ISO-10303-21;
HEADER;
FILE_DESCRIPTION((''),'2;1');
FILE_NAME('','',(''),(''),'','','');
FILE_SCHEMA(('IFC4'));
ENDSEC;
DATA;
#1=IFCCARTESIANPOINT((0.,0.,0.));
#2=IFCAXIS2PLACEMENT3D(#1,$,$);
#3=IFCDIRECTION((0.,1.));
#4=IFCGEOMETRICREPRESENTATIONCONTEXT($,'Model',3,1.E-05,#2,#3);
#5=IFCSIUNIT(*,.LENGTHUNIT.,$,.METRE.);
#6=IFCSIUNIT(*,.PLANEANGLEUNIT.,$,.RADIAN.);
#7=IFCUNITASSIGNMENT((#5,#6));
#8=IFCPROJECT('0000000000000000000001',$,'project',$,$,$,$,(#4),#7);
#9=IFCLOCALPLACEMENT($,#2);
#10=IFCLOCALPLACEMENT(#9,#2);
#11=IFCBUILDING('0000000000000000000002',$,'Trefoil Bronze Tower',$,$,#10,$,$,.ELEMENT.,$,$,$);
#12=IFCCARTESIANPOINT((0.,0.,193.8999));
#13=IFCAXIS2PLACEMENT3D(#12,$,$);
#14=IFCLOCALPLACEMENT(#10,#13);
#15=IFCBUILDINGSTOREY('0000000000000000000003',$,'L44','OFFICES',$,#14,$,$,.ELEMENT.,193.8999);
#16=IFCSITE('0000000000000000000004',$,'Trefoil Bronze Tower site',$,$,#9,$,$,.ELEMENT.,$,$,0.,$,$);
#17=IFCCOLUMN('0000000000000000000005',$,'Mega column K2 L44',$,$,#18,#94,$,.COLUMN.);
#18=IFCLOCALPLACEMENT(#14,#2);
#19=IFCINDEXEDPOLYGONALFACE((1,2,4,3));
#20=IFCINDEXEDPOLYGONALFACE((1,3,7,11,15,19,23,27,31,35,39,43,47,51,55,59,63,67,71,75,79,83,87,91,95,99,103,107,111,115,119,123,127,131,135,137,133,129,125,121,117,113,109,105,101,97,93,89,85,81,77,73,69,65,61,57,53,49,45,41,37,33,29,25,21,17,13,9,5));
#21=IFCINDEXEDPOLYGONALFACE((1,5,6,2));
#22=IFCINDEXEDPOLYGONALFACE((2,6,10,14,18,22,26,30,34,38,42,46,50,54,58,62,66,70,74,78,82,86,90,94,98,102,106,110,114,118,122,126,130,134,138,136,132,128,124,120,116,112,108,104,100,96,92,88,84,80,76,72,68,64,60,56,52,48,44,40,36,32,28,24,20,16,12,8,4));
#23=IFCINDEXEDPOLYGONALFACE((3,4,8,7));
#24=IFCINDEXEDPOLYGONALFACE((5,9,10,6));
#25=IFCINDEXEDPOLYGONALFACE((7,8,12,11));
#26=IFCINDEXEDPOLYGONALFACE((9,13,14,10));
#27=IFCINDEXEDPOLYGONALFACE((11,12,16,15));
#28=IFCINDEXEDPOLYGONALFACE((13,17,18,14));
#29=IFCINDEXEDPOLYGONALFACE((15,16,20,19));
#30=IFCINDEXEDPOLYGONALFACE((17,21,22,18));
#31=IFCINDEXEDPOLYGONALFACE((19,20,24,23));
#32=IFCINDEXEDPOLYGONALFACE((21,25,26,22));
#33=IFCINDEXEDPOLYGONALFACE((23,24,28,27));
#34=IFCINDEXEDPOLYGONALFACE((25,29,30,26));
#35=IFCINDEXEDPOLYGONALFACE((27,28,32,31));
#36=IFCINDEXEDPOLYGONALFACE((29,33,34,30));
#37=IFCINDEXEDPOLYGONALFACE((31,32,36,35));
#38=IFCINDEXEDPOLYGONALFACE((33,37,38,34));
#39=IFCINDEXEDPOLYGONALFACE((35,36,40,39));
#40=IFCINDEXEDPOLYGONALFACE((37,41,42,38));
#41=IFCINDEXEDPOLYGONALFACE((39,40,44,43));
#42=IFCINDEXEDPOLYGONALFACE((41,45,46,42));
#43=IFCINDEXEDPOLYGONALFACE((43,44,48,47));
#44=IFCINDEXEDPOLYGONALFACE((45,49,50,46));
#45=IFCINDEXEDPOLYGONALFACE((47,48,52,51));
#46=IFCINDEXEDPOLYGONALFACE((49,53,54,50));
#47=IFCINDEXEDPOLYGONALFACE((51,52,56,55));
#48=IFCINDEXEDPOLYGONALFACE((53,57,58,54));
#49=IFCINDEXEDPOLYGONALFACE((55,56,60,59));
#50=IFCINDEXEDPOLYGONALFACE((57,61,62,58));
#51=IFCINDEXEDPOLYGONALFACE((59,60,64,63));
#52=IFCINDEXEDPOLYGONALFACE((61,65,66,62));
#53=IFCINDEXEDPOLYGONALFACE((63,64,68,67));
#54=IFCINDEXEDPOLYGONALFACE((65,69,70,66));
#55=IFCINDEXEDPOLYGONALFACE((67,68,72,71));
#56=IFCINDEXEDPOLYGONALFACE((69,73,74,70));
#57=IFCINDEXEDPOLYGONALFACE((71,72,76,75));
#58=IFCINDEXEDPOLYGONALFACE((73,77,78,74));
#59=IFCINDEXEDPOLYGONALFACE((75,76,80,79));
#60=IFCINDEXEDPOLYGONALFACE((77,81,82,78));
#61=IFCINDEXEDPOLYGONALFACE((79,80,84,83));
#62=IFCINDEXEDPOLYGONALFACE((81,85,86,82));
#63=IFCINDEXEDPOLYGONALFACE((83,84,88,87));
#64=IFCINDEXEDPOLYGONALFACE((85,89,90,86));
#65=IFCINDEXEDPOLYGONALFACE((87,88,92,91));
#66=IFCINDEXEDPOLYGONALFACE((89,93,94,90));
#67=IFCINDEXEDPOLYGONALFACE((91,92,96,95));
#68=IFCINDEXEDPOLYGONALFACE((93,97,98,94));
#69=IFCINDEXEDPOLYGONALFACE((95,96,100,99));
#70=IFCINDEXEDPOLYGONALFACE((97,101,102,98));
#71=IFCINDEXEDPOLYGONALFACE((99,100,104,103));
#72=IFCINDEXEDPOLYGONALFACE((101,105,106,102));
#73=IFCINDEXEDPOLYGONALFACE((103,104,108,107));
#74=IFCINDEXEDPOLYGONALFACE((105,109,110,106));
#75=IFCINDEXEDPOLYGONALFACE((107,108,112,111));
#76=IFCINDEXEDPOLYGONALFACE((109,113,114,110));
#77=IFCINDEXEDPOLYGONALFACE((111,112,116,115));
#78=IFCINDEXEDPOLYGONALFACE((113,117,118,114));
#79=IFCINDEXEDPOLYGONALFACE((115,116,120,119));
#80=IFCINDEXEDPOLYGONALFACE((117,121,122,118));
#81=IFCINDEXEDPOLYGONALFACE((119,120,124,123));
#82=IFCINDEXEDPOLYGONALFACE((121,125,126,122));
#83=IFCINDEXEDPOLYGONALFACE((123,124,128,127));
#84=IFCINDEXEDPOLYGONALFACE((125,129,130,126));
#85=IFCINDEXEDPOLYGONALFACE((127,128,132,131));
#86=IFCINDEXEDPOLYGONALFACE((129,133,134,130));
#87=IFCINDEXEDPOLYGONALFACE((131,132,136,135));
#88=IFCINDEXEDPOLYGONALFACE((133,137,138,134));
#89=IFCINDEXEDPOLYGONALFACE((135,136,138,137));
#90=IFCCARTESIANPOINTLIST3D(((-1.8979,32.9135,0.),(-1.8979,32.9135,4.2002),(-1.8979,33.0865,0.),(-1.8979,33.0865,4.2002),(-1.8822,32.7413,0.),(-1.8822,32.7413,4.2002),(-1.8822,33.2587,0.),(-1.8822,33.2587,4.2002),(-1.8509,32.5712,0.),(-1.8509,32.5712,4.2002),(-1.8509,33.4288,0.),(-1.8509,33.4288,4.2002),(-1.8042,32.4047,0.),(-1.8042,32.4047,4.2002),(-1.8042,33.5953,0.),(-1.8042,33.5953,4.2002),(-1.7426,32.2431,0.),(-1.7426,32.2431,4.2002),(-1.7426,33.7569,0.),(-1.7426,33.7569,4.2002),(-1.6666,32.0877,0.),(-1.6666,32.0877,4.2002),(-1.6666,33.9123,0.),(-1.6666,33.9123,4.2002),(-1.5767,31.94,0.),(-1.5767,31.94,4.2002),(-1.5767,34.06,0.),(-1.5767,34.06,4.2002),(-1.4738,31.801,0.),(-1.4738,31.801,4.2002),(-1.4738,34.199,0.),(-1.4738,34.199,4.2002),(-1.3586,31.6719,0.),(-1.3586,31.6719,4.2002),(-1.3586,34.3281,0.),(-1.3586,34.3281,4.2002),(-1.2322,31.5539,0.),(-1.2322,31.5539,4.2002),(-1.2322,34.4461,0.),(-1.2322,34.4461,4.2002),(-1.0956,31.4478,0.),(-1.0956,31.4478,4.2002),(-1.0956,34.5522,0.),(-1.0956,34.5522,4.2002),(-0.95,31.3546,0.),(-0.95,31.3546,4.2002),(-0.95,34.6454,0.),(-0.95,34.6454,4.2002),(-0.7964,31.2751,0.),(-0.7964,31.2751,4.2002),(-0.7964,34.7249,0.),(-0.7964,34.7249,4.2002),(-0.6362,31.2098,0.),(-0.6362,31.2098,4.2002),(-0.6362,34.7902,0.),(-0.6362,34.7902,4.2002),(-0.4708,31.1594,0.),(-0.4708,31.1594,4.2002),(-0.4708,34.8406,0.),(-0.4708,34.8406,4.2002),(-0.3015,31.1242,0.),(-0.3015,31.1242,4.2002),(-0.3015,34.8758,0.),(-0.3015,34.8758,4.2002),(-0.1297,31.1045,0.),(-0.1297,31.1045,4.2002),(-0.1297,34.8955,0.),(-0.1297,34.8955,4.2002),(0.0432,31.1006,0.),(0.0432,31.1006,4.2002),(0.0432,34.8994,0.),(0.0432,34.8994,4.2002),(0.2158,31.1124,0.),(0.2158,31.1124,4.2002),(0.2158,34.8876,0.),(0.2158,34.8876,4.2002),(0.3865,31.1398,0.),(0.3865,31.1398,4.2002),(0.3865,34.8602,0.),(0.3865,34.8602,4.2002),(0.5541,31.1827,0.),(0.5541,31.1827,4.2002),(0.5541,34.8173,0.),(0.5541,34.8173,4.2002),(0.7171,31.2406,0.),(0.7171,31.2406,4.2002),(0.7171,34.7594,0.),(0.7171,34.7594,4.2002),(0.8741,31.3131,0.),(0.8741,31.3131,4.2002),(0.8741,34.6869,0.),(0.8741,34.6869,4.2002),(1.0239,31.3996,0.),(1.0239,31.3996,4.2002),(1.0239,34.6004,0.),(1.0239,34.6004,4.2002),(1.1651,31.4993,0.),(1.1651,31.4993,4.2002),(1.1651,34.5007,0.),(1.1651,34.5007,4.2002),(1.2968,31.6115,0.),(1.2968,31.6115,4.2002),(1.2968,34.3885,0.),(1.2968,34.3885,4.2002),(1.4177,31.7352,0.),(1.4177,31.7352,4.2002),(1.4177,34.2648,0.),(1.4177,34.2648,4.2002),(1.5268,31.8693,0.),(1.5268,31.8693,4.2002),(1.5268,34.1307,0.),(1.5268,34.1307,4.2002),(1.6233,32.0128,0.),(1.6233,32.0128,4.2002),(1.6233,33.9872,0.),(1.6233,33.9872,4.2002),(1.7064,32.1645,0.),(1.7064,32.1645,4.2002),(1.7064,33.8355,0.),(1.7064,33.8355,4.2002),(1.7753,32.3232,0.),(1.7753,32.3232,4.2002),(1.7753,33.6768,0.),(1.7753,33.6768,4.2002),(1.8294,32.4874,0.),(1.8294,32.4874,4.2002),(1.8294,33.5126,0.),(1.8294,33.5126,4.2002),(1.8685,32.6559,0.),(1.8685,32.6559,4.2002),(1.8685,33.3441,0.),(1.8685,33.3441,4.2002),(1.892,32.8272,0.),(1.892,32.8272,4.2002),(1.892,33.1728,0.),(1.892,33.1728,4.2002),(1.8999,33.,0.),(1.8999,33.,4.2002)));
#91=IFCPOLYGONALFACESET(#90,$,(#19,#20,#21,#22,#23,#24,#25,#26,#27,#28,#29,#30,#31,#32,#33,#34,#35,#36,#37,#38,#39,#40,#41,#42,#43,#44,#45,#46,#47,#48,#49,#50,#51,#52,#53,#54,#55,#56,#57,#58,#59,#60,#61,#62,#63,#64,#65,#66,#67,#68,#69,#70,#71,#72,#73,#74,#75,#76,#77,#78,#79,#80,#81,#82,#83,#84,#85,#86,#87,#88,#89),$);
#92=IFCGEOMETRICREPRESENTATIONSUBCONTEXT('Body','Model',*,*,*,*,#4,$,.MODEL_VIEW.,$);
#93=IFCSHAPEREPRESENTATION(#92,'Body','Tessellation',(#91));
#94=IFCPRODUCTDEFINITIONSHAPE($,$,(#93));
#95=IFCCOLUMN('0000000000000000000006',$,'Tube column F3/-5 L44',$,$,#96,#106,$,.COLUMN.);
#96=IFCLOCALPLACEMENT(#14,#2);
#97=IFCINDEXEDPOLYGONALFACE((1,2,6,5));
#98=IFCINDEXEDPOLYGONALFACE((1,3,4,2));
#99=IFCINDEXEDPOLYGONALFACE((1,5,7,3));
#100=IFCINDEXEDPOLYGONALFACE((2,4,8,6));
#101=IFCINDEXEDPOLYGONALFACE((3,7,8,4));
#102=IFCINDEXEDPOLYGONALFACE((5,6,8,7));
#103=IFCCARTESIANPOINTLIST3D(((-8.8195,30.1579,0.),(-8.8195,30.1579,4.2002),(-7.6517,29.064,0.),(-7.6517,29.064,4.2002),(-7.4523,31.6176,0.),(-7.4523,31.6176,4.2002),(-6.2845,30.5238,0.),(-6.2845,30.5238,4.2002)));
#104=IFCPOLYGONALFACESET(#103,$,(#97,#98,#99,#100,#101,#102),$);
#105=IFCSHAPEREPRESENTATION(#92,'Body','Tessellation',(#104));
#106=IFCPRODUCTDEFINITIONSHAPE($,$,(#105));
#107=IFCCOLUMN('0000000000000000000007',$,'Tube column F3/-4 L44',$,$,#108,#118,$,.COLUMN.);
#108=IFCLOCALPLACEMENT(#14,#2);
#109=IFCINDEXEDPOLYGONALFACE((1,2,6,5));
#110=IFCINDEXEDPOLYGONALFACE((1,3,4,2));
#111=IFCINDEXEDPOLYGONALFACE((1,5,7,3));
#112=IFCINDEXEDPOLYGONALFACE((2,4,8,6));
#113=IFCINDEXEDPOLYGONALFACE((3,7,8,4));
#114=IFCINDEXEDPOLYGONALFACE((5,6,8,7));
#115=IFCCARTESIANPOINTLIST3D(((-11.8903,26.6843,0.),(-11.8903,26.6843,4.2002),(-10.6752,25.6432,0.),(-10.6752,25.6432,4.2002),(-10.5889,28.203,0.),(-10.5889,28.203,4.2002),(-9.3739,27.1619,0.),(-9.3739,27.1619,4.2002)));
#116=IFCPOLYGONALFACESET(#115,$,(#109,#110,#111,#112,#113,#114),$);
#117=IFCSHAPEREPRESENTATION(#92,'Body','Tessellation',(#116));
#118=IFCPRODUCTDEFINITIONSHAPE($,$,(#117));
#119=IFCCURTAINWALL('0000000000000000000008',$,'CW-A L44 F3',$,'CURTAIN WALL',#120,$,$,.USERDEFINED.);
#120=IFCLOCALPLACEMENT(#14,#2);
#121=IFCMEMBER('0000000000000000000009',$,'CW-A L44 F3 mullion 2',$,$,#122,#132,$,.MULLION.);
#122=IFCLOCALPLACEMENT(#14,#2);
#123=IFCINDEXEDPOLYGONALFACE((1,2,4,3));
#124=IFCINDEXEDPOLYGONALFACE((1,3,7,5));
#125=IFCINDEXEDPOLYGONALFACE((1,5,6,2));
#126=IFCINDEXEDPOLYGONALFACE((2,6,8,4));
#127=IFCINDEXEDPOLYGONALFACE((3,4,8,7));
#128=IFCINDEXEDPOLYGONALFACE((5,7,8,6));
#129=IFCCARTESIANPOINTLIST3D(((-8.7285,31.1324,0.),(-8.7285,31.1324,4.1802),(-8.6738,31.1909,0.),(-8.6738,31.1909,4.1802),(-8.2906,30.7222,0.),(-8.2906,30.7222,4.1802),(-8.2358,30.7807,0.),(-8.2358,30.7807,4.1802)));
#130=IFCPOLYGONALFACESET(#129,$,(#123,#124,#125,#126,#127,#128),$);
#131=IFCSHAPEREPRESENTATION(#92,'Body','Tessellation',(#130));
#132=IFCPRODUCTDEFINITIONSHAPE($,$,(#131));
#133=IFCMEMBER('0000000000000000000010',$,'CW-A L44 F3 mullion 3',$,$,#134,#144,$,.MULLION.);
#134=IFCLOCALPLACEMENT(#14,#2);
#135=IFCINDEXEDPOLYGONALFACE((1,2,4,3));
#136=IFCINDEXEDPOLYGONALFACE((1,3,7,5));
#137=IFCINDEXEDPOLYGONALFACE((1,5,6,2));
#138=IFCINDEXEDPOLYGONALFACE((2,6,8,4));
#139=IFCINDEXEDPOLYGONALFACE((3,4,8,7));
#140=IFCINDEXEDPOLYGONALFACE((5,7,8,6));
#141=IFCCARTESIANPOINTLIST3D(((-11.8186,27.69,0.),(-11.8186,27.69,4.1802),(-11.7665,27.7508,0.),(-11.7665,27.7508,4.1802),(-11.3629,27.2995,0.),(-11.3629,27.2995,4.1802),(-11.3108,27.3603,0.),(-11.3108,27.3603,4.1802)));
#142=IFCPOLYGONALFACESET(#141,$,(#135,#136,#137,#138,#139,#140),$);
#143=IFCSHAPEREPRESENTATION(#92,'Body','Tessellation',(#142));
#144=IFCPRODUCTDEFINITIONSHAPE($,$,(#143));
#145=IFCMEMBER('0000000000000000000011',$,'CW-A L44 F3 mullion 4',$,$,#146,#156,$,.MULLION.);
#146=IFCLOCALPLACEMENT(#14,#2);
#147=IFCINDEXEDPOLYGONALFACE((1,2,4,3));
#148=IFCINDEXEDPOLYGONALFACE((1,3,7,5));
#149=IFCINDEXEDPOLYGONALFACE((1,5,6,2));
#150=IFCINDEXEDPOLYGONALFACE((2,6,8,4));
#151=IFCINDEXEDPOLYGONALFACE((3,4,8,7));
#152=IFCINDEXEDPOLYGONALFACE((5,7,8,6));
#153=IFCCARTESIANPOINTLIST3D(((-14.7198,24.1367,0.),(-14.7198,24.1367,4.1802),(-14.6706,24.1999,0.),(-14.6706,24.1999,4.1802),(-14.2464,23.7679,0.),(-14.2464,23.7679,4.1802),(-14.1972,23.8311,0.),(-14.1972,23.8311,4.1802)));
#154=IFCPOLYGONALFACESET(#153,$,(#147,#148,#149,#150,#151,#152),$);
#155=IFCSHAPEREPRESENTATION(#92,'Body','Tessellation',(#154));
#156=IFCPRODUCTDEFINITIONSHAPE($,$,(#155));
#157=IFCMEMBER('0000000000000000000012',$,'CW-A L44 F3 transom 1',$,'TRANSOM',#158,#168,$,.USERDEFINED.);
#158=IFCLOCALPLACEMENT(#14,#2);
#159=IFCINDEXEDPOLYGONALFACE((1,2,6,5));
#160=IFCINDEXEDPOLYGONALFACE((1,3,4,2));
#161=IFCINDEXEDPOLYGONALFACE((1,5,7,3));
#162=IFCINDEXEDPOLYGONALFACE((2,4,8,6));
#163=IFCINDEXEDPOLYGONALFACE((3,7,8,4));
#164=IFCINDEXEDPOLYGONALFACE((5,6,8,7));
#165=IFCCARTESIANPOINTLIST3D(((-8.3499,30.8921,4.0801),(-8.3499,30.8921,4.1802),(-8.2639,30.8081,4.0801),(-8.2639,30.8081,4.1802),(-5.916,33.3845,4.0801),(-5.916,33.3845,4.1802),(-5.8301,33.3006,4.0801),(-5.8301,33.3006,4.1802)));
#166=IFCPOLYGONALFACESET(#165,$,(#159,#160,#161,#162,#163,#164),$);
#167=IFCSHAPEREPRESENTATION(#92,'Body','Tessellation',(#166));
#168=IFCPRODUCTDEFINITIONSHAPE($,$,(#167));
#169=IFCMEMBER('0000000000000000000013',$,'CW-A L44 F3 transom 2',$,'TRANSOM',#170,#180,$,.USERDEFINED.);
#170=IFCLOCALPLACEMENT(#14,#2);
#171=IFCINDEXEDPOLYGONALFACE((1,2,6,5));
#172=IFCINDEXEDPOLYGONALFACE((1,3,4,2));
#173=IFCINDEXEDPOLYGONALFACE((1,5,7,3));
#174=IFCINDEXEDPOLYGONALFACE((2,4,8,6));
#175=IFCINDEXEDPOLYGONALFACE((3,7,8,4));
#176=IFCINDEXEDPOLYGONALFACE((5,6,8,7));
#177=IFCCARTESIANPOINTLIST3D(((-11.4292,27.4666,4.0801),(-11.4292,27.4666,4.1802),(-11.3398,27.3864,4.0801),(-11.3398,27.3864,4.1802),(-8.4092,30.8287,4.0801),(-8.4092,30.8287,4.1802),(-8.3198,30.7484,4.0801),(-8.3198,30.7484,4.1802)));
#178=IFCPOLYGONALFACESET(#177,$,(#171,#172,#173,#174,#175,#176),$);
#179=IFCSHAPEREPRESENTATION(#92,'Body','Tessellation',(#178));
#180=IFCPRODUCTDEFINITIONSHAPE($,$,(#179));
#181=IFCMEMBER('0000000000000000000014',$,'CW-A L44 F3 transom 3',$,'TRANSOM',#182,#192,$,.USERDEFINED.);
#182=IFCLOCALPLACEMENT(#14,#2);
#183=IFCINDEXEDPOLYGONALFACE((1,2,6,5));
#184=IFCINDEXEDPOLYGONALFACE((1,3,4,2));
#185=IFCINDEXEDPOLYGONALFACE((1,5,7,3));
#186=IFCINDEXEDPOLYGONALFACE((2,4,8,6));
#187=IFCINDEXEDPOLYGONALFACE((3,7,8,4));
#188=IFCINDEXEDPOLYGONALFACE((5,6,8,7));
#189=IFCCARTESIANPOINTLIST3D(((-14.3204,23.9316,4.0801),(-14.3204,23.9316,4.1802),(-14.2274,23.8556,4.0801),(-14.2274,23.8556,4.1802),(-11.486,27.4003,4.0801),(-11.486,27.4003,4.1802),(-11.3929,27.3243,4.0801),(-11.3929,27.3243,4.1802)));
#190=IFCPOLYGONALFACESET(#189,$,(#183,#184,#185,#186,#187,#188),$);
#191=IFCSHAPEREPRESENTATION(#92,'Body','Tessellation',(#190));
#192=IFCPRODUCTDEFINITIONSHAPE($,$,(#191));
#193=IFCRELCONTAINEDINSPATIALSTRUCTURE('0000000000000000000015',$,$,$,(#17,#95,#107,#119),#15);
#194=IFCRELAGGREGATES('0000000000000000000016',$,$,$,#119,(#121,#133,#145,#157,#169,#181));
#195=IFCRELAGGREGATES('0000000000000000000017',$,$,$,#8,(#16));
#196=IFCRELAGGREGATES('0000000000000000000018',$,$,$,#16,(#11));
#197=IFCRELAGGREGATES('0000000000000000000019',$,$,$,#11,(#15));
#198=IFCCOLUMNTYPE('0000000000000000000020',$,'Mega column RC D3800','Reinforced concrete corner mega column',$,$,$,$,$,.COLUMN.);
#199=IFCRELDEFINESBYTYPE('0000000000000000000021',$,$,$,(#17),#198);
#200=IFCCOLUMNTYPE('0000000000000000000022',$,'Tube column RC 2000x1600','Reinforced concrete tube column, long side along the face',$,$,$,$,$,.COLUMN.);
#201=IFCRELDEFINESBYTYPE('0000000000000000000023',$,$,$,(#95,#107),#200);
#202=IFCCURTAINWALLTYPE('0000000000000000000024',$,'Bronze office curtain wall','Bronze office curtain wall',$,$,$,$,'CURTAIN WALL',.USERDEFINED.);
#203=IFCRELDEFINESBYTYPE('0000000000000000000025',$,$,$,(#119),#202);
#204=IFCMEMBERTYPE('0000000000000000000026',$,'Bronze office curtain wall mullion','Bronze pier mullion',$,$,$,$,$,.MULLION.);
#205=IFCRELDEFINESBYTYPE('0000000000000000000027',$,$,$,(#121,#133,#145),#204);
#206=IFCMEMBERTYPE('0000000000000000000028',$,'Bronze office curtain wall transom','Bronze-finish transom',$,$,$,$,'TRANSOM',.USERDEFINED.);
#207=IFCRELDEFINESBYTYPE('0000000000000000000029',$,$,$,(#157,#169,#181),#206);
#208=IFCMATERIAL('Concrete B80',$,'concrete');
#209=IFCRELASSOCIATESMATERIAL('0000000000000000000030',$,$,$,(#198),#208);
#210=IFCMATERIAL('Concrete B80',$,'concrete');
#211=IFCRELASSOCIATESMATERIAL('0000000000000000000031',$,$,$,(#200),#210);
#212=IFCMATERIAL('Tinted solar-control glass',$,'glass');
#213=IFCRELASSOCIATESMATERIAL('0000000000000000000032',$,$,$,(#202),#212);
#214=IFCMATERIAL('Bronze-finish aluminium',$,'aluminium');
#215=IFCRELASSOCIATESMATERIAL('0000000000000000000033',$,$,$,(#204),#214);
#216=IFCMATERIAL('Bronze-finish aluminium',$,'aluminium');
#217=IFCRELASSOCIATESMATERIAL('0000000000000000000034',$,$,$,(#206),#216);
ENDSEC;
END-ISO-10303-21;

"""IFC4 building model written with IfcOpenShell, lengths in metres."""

from ifc_helpers import new_model, si_unit, direction, frame, origin, origin_2d, place, context, subcontext, project, spatial, rectangle, circle, extrude, material, material_profile, profile_set, type_object, element, aggregate, save


model = new_model("IFC4")

# Units and contexts
model_context = context("Model", 3, precision=1e-05, world=origin(), true_north=direction((0.0, 1.0)))
body_context = subcontext(model_context, "Body", "Model", "MODEL_VIEW")
ifc_project = project(units=[si_unit("LENGTHUNIT", "METRE"), si_unit("PLANEANGLEUNIT", "RADIAN")], contexts=[model_context])

# Site, building, storey
site_placement = place(None, origin())
site = spatial("IfcSite", under=ifc_project, at=site_placement, Name="Trefoil Bronze Tower site", CompositionType="ELEMENT", RefElevation=0.0)
building_placement = place(site_placement, origin())
building = spatial("IfcBuilding", under=site, at=building_placement, Name="Trefoil Bronze Tower", CompositionType="ELEMENT")
storey_placement = place(building_placement, frame((0.0, 0.0, 193.8999)))
storey = spatial("IfcBuildingStorey", under=building, at=storey_placement, Name="L44", Description="OFFICES", CompositionType="ELEMENT", Elevation=193.8999)

# Columns
ifc_material_1 = material(Name="Concrete B80", Category="concrete")
ifc_material_profile_1 = material_profile(ifc_material_1, circle(Radius=1.8999, at=origin_2d()), Name="RC D3800")
ifc_profile_set_1 = profile_set([ifc_material_profile_1], Name="Concrete B80")
column_type_1 = type_object("IfcColumnType", Name="Mega column RC D3800", Description="Reinforced concrete corner mega column", PredefinedType="COLUMN", material=ifc_profile_set_1)
column_placement = place(storey_placement, frame((0.0, 33.0, 0.0), z_axis=(0.0, 0.0, 1.0), x_axis=(1.0, 0.0, 0.0)))
element("IfcColumn", 1, at=column_placement, inside=storey, type_object=column_type_1, Name="Mega column K2 L44", PredefinedType="COLUMN", context=body_context, shape_type="SweptSolid", body=[
    extrude(circle(Radius=1.8999, at=origin_2d()), origin(), (0.0, 0.0, 1.0), 4.2002),
])
ifc_material_2 = material(Name="Concrete B80", Category="concrete")
ifc_material_profile_2 = material_profile(ifc_material_2, rectangle(XDim=2.0, YDim=1.6001, at=origin_2d()), Name="RC 2000x1600")
ifc_profile_set_2 = profile_set([ifc_material_profile_2], Name="Concrete B80")
column_type_2 = type_object("IfcColumnType", Name="Tube column RC 2000x1600", Description="Reinforced concrete tube column, long side along the face", PredefinedType="COLUMN", material=ifc_profile_set_2)
for number, where, z_axis, x_axis, name in (
    (2, (-7.552, 30.3408, 0.0), (0.0, 0.0, 1.0), (-0.683597, -0.72986, 0.0), "Tube column F3/-5 L44"),
    (3, (-10.6321, 26.9231, 0.0), (0.0, 0.0, 1.0), (-0.650677, -0.759355, 0.0), "Tube column F3/-4 L44"),
):
    element("IfcColumn", number, at=place(storey_placement, frame(where, z_axis=z_axis, x_axis=x_axis)), inside=storey, type_object=column_type_2, Name=name, PredefinedType="COLUMN", context=body_context, shape_type="SweptSolid", body=[
        extrude(rectangle(XDim=2.0, YDim=1.6001, at=origin_2d()), origin(), (0.0, 0.0, 1.0), 4.2002),
    ])

# Curtain wall, members
ifc_material_3 = material(Name="Tinted solar-control glass", Category="glass")
curtain_wall_type_1 = type_object("IfcCurtainWallType", Name="Bronze office curtain wall", Description="Bronze office curtain wall", ElementType="CURTAIN WALL", PredefinedType="USERDEFINED", material=ifc_material_3)
curtain_wall_1_placement = place(storey_placement, origin())
curtain_wall_1 = element("IfcCurtainWall", 4, at=curtain_wall_1_placement, inside=storey, type_object=curtain_wall_type_1, Name="CW-A L44 F3", ObjectType="CURTAIN WALL", PredefinedType="USERDEFINED")
ifc_material_4 = material(Name="Bronze-finish aluminium", Category="aluminium")
ifc_material_profile_3 = material_profile(ifc_material_4, rectangle(XDim=0.6001, YDim=0.0801, at=origin_2d()), Name="CW-A mullion")
ifc_profile_set_3 = profile_set([ifc_material_profile_3], Name="Bronze-finish aluminium")
member_type_1 = type_object("IfcMemberType", Name="Bronze office curtain wall mullion", Description="Bronze pier mullion", PredefinedType="MULLION", material=ifc_profile_set_3)
member_1_placement = place(storey_placement, frame((-8.4822, 30.9565, 0.0), z_axis=(0.0, 0.0, 1.0), x_axis=(0.72986, -0.683597, 0.0)))
member_1 = element("IfcMember", 5, at=member_1_placement, type_object=member_type_1, Name="CW-A L44 F3 mullion 2", PredefinedType="MULLION", context=body_context, shape_type="SweptSolid", body=[
    extrude(rectangle(XDim=0.6001, YDim=0.0801, at=origin_2d()), origin(), (0.0, 0.0, 1.0), 4.1802),
])
member_2_placement = place(storey_placement, frame((-11.5647, 27.5251, 0.0), z_axis=(0.0, 0.0, 1.0), x_axis=(0.759355, -0.650677, 0.0)))
member_2 = element("IfcMember", 6, at=member_2_placement, type_object=member_type_1, Name="CW-A L44 F3 mullion 3", PredefinedType="MULLION", context=body_context, shape_type="SweptSolid", body=[
    extrude(rectangle(XDim=0.6001, YDim=0.0801, at=origin_2d()), origin(), (0.0, 0.0, 1.0), 4.1802),
])
member_3_placement = place(storey_placement, frame((-14.4585, 23.9839, 0.0), z_axis=(0.0, 0.0, 1.0), x_axis=(0.788821, -0.614622, 0.0)))
member_3 = element("IfcMember", 7, at=member_3_placement, type_object=member_type_1, Name="CW-A L44 F3 mullion 4", PredefinedType="MULLION", context=body_context, shape_type="SweptSolid", body=[
    extrude(rectangle(XDim=0.6001, YDim=0.0801, at=origin_2d()), origin(), (0.0, 0.0, 1.0), 4.1802),
])
ifc_material_5 = material(Name="Bronze-finish aluminium", Category="aluminium")
ifc_material_profile_4 = material_profile(ifc_material_5, rectangle(XDim=0.1201, YDim=0.1001, at=origin_2d()), Name="CW-A transom")
ifc_profile_set_4 = profile_set([ifc_material_profile_4], Name="Bronze-finish aluminium")
member_type_2 = type_object("IfcMemberType", Name="Bronze office curtain wall transom", Description="Bronze-finish transom", ElementType="TRANSOM", PredefinedType="USERDEFINED", material=ifc_profile_set_4)
member_4_placement = place(storey_placement, frame((-5.873, 33.3425, 4.1301), z_axis=(-0.698647, -0.715467, 0.0), x_axis=(0.715467, -0.698647, 0.0)))
member_4 = element("IfcMember", 8, at=member_4_placement, type_object=member_type_2, Name="CW-A L44 F3 transom 1", ObjectType="TRANSOM", PredefinedType="USERDEFINED", context=body_context, shape_type="SweptSolid", body=[
    extrude(rectangle(XDim=0.1201, YDim=0.1001, at=origin_2d()), origin(), (0.0, 0.0, 1.0), 3.4836),
])
member_5_placement = place(storey_placement, frame((-8.3645, 30.7886, 4.1301), z_axis=(-0.668251, -0.743936, 0.0), x_axis=(0.743936, -0.668251, 0.0)))
member_5 = element("IfcMember", 9, at=member_5_placement, type_object=member_type_2, Name="CW-A L44 F3 transom 2", ObjectType="TRANSOM", PredefinedType="USERDEFINED", context=body_context, shape_type="SweptSolid", body=[
    extrude(rectangle(XDim=0.1201, YDim=0.1001, at=origin_2d()), origin(), (0.0, 0.0, 1.0), 4.5193),
])
member_6_placement = place(storey_placement, frame((-11.4395, 27.3623, 4.1301), z_axis=(-0.632757, -0.774351, 0.0), x_axis=(0.774351, -0.632757, 0.0)))
member_6 = element("IfcMember", 10, at=member_6_placement, type_object=member_type_2, Name="CW-A L44 F3 transom 3", ObjectType="TRANSOM", PredefinedType="USERDEFINED", context=body_context, shape_type="SweptSolid", body=[
    extrude(rectangle(XDim=0.1201, YDim=0.1001, at=origin_2d()), origin(), (0.0, 0.0, 1.0), 4.4795),
])

aggregate(curtain_wall_1, [member_1, member_2, member_3, member_4, member_5, member_6])

save(model, "model.ifc")
